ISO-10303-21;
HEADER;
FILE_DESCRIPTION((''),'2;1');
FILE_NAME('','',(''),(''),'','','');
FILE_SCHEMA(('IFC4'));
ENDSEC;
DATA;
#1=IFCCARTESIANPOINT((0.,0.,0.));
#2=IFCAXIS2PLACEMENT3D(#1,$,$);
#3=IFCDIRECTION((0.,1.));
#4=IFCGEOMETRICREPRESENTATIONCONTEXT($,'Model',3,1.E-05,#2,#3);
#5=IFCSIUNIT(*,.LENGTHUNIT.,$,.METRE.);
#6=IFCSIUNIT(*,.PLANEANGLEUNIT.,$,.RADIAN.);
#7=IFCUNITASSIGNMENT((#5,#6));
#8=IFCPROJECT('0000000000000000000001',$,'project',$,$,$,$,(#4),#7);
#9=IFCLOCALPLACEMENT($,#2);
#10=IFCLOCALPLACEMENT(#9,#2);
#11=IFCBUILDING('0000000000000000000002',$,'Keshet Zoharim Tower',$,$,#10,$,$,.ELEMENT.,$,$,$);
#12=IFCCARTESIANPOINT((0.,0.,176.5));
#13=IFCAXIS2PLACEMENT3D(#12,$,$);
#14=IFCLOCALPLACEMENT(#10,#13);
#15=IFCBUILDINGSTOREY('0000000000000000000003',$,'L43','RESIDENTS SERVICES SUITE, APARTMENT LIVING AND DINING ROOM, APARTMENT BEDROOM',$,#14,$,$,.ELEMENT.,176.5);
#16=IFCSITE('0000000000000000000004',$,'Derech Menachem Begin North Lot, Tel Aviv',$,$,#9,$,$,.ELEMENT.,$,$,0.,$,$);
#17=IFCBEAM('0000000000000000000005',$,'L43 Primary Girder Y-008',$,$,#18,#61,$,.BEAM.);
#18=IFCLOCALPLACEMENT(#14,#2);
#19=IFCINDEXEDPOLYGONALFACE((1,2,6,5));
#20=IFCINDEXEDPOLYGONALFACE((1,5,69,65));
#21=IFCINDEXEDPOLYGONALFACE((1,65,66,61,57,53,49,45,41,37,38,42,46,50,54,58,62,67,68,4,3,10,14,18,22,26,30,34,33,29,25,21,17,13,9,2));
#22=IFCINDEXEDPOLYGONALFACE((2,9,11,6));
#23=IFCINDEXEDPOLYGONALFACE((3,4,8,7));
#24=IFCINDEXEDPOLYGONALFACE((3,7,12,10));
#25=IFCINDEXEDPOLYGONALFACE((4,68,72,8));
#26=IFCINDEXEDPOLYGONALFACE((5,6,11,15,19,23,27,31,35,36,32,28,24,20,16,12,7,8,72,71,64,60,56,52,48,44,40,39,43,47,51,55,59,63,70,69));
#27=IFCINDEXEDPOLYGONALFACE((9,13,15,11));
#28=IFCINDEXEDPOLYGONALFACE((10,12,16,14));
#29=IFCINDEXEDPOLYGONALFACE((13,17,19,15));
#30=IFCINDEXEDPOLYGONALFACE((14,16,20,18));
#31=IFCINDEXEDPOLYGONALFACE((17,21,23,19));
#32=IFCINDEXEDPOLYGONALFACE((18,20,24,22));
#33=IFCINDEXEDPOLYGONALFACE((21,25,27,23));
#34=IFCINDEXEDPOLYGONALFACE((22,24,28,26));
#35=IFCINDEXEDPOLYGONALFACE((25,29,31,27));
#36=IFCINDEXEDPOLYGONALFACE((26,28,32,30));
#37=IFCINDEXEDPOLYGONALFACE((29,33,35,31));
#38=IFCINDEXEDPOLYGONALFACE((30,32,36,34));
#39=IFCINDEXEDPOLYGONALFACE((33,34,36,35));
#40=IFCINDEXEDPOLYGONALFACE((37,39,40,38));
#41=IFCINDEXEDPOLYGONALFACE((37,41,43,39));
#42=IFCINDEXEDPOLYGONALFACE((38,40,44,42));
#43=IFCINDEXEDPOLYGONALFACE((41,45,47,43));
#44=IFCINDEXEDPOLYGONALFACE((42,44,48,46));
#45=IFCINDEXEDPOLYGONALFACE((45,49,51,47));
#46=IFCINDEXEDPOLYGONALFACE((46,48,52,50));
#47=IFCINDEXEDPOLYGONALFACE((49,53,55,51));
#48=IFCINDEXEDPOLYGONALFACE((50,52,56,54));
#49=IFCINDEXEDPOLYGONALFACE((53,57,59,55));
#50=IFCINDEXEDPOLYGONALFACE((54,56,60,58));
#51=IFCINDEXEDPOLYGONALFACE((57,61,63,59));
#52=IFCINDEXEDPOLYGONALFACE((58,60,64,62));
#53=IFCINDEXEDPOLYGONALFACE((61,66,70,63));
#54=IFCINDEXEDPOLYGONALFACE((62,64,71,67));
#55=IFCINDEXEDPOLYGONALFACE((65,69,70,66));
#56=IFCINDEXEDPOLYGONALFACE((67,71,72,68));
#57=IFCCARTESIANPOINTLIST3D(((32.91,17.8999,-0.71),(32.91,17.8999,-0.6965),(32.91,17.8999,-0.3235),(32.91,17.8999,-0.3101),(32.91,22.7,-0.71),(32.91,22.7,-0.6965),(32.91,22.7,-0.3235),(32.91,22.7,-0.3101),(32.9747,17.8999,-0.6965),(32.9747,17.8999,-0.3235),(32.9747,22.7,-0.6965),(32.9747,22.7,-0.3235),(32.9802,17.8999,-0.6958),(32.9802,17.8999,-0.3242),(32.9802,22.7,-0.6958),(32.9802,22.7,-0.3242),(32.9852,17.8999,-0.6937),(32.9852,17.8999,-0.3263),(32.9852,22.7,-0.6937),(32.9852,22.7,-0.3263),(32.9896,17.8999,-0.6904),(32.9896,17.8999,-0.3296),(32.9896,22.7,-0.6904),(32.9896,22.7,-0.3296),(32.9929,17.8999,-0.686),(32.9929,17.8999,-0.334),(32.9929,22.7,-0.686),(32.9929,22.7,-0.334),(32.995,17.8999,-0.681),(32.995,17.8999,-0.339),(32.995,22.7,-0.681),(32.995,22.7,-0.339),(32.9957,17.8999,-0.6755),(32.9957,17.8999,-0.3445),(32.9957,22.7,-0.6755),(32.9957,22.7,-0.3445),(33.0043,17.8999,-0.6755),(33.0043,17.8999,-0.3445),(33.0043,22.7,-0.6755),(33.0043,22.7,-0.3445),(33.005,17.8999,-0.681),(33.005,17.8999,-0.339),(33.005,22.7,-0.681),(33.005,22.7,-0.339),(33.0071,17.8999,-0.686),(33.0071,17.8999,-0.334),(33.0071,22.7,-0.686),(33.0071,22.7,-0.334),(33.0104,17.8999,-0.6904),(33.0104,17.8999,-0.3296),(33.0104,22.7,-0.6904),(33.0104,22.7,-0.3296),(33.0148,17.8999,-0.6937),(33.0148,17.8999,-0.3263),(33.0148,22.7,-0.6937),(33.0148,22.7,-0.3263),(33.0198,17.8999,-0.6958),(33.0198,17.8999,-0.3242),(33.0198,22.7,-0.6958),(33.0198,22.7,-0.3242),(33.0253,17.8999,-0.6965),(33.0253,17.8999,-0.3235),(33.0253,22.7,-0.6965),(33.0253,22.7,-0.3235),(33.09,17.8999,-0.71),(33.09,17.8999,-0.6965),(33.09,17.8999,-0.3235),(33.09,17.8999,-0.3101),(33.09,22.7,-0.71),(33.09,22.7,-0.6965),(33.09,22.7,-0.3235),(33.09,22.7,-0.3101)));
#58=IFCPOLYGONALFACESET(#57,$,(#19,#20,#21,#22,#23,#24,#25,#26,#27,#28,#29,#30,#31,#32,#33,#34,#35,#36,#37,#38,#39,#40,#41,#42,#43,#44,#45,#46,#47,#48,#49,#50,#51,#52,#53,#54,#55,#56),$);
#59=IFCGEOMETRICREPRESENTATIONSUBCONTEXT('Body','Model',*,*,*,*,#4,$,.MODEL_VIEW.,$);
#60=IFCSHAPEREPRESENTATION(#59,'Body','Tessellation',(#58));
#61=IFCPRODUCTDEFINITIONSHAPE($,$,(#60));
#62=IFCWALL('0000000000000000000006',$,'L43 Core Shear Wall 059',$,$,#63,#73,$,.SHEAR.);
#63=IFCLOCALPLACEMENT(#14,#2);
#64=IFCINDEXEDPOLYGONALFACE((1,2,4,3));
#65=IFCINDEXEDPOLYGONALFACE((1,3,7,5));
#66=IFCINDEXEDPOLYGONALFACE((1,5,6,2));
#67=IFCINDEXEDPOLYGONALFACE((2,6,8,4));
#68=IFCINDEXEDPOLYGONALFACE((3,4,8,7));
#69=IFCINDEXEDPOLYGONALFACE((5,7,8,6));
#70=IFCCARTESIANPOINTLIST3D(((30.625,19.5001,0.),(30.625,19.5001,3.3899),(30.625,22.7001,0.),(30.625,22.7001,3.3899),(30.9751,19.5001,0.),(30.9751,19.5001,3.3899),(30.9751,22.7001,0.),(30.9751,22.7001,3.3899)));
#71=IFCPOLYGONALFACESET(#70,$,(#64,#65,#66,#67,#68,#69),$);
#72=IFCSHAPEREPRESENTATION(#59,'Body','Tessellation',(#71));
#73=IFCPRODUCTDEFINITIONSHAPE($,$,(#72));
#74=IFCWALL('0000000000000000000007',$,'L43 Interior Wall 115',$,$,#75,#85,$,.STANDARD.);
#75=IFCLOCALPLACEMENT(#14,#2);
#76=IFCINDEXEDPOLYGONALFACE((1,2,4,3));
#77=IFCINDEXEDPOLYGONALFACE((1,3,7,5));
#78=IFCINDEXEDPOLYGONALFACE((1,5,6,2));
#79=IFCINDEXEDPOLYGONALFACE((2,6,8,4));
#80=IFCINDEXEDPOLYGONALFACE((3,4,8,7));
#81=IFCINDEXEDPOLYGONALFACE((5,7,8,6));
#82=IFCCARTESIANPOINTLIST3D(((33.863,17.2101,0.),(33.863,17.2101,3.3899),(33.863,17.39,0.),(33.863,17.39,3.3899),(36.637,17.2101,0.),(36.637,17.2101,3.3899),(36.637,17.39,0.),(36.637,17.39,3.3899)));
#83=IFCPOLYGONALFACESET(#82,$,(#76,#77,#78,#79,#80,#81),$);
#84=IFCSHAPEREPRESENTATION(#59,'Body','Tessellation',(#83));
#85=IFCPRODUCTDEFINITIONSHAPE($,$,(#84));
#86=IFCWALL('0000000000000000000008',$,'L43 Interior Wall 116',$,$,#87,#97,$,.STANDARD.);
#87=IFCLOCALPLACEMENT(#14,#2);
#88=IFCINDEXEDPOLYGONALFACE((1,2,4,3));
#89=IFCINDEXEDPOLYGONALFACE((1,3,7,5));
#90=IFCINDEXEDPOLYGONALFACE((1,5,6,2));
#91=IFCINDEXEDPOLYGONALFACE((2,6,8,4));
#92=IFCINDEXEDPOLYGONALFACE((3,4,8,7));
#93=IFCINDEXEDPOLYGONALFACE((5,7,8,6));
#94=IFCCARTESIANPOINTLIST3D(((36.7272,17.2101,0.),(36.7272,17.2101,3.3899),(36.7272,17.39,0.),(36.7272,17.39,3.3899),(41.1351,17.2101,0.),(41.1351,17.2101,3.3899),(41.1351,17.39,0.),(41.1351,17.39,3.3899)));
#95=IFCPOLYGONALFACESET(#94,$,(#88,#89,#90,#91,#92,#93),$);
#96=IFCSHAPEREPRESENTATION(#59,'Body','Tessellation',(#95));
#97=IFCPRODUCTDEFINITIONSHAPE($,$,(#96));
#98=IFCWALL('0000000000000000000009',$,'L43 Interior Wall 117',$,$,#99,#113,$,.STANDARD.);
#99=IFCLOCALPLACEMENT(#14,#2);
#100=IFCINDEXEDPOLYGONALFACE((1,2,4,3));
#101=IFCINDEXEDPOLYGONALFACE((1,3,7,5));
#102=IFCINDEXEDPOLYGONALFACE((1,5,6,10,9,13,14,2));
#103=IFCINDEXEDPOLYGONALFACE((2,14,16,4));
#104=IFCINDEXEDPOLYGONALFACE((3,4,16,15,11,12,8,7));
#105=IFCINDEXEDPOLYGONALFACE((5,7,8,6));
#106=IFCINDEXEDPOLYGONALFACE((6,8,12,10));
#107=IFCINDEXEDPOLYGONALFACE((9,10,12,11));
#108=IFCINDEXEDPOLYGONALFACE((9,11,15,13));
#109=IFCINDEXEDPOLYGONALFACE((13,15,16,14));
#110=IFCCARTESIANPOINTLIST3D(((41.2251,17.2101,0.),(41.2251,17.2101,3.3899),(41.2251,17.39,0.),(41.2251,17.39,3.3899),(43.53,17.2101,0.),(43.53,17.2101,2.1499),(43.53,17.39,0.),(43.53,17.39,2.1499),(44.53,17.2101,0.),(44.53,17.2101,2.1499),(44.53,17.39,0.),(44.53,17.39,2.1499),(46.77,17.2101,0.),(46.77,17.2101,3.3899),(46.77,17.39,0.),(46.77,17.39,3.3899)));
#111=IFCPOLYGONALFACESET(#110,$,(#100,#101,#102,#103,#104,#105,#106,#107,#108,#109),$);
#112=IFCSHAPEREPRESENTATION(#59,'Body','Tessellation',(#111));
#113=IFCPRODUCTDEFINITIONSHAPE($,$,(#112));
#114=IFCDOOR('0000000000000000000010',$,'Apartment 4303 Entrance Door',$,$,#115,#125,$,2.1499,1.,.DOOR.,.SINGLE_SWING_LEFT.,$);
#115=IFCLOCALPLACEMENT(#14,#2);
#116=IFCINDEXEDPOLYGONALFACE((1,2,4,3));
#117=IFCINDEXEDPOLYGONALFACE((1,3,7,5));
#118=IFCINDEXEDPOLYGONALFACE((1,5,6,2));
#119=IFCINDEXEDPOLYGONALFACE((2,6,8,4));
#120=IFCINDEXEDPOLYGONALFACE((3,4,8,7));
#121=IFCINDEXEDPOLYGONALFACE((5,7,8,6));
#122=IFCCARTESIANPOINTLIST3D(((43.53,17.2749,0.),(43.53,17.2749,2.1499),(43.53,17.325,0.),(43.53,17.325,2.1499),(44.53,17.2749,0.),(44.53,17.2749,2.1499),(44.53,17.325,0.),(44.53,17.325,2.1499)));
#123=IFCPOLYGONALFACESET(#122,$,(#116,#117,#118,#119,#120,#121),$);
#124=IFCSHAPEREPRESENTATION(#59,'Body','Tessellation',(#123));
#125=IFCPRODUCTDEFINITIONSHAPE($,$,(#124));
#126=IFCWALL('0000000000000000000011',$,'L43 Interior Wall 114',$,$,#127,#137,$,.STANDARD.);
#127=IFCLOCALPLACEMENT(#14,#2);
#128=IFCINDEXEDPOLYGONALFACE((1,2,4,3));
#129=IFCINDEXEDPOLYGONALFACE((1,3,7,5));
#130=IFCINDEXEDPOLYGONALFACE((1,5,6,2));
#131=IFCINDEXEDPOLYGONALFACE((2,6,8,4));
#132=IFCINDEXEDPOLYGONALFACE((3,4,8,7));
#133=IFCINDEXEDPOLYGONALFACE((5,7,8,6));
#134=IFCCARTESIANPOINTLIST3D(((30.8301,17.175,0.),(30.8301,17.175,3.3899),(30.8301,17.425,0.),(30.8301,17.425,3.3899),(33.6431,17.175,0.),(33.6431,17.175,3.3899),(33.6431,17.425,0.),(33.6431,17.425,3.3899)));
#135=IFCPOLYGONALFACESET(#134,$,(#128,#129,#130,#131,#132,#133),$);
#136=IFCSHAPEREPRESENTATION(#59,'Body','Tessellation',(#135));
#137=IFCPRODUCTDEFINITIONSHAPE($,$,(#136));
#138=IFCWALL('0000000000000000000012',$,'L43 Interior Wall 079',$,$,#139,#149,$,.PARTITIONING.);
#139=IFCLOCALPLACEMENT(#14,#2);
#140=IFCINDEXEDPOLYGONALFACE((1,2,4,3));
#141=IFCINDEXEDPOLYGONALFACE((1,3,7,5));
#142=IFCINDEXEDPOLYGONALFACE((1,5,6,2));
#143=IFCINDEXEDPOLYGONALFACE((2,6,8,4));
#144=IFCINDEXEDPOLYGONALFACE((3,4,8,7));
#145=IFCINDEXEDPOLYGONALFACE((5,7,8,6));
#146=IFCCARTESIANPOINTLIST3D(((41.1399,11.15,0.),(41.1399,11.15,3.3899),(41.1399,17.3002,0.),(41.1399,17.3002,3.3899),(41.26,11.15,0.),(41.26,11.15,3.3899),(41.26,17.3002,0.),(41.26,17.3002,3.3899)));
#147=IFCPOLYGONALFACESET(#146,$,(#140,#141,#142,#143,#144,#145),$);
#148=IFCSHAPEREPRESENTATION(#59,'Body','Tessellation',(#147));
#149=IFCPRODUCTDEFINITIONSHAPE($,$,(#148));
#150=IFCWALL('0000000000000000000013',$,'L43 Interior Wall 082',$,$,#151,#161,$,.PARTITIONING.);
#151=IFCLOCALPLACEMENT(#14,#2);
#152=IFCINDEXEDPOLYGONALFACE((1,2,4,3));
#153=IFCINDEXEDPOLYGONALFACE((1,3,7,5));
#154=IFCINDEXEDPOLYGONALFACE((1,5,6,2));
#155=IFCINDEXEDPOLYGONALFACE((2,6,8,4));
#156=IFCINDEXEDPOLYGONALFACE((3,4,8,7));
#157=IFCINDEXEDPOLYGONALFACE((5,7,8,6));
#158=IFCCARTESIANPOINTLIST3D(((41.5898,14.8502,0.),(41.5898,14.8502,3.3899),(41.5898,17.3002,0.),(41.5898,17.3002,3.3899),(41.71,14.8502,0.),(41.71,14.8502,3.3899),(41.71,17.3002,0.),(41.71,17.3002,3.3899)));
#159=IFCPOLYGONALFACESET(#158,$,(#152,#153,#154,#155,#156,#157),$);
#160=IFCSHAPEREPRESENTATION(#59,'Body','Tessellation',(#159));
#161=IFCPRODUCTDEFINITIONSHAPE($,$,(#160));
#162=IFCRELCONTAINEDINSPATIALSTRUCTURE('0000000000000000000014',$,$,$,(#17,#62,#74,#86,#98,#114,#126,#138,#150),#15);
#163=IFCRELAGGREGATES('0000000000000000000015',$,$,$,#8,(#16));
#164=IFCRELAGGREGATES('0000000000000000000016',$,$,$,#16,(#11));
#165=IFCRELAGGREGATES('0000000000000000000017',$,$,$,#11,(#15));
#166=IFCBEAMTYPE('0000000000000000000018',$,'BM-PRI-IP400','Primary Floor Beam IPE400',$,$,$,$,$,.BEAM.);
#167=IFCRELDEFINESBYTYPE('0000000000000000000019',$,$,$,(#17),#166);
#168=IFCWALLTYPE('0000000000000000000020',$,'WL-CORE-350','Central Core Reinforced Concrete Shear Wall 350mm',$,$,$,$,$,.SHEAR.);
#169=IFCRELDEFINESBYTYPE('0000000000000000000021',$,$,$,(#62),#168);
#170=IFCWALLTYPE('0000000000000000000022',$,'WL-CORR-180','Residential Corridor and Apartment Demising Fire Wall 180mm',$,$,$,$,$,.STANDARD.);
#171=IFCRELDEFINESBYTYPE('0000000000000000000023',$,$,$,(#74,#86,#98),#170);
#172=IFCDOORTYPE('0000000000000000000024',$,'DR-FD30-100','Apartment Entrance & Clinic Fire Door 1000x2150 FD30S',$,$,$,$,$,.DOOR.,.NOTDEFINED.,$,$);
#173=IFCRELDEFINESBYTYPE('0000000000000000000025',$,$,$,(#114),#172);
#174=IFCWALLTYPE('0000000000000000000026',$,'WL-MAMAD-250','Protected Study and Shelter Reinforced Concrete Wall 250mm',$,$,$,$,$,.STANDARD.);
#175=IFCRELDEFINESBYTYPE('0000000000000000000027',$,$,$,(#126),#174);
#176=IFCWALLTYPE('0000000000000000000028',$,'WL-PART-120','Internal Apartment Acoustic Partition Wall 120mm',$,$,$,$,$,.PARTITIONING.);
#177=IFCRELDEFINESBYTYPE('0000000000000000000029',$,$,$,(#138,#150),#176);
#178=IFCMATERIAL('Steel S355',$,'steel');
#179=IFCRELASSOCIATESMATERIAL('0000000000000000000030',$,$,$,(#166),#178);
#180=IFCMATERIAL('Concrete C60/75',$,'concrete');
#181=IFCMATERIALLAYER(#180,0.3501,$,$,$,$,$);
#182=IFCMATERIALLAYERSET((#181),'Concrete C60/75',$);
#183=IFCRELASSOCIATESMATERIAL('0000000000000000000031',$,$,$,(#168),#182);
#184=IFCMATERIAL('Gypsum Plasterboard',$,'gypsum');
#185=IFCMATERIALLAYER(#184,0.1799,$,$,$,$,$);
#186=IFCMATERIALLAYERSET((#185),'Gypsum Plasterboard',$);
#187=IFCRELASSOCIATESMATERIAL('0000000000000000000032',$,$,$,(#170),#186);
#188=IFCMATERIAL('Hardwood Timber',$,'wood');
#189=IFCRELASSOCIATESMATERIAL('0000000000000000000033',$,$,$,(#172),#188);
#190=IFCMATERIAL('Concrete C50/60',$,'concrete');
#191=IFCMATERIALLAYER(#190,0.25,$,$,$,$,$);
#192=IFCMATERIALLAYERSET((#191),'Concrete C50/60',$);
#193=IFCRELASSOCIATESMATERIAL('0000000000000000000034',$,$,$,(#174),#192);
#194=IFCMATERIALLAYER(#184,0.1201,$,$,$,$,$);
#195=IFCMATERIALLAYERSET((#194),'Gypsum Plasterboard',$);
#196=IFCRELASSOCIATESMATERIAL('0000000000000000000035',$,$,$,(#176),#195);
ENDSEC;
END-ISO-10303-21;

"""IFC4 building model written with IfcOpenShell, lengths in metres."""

from ifc_helpers import new_model, si_unit, direction, frame, frame_2d, origin, origin_2d, place, context, subcontext, project, spatial, rectangle, i_section, extrude, material, layer, layer_set, material_profile, profile_set, type_object, element, fill, save


model = new_model("IFC4")

# Units and contexts
model_context = context("Model", 3, precision=1e-05, world=origin(), true_north=direction((0.0, 1.0)))
body_context = subcontext(model_context, "Body", "Model", "MODEL_VIEW")
ifc_project = project(units=[si_unit("LENGTHUNIT", "METRE"), si_unit("PLANEANGLEUNIT", "RADIAN")], contexts=[model_context])

# Site, building, storey
site_placement = place(None, origin())
site = spatial("IfcSite", under=ifc_project, at=site_placement, Name="Derech Menachem Begin North Lot, Tel Aviv", CompositionType="ELEMENT", RefElevation=0.0)
building_placement = place(site_placement, origin())
building = spatial("IfcBuilding", under=site, at=building_placement, Name="Keshet Zoharim Tower", CompositionType="ELEMENT")
storey_placement = place(building_placement, frame((0.0, 0.0, 176.5)))
storey = spatial("IfcBuildingStorey", under=building, at=storey_placement, Name="L43", Description="RESIDENTS SERVICES SUITE, APARTMENT LIVING AND DINING ROOM, APARTMENT BEDROOM", CompositionType="ELEMENT", Elevation=176.5)

# Shared definitions
ifc_material_1 = material(Name="Concrete C60/75", Category="concrete")

# Beam
ifc_material_2 = material(Name="Steel S355", Category="steel")
ifc_material_profile_1 = material_profile(ifc_material_2, i_section(OverallWidth=0.1799, OverallDepth=0.3999, WebThickness=0.0085, FlangeThickness=0.0134, FilletRadius=0.021, at=origin_2d()), Name="IPE400")
ifc_profile_set_1 = profile_set([ifc_material_profile_1], Name="Steel S355")
beam_type_1 = type_object("IfcBeamType", Name="BM-PRI-IP400", Description="Primary Floor Beam IPE400", PredefinedType="BEAM", material=ifc_profile_set_1)
beam_1_placement = place(storey_placement, frame((33.0, 17.8999, -0.51), z_axis=(0.0, 1.0, 0.0), x_axis=(-1.0, 0.0, 0.0)))
element("IfcBeam", 1, at=beam_1_placement, inside=storey, type_object=beam_type_1, Name="L43 Primary Girder Y-008", PredefinedType="BEAM", context=body_context, shape_type="SweptSolid", body=[
    extrude(i_section(OverallWidth=0.1799, OverallDepth=0.3999, WebThickness=0.0085, FlangeThickness=0.0134, FilletRadius=0.021, at=origin_2d()), origin(), (0.0, 0.0, 1.0), 4.8),
])

# Walls
ifc_layer_1 = layer(ifc_material_1, 0.3501)
ifc_layer_set_1 = layer_set([ifc_layer_1], Name="Concrete C60/75")
wall_type_1 = type_object("IfcWallType", Name="WL-CORE-350", Description="Central Core Reinforced Concrete Shear Wall 350mm", PredefinedType="SHEAR", material=ifc_layer_set_1)
wall_1_placement = place(storey_placement, frame((30.8, 19.5, 0.0), z_axis=(0.0, 0.0, 1.0), x_axis=(0.0, 1.0, 0.0)))
element("IfcWall", 2, at=wall_1_placement, inside=storey, type_object=wall_type_1, Name="L43 Core Shear Wall 059", PredefinedType="SHEAR", context=body_context, shape_type="SweptSolid", body=[
    extrude(rectangle(XDim=3.2, YDim=0.3501, at=frame_2d((1.6001, 0.0))), origin(), (0.0, 0.0, 1.0), 3.3899),
])
ifc_material_3 = material(Name="Gypsum Plasterboard", Category="gypsum")
ifc_layer_2 = layer(ifc_material_3, 0.1799)
ifc_layer_set_2 = layer_set([ifc_layer_2], Name="Gypsum Plasterboard")
wall_type_2 = type_object("IfcWallType", Name="WL-CORR-180", Description="Residential Corridor and Apartment Demising Fire Wall 180mm", PredefinedType="STANDARD", material=ifc_layer_set_2)
wall_2_placement = place(storey_placement, frame((33.863, 17.3, 0.0), z_axis=(0.0, 0.0, 1.0), x_axis=(1.0, 0.0, 0.0)))
element("IfcWall", 3, at=wall_2_placement, inside=storey, type_object=wall_type_2, Name="L43 Interior Wall 115", PredefinedType="STANDARD", context=body_context, shape_type="SweptSolid", body=[
    extrude(rectangle(XDim=2.7739, YDim=0.1799, at=frame_2d((1.387, 0.0))), origin(), (0.0, 0.0, 1.0), 3.3899),
])
wall_3_placement = place(storey_placement, frame((36.7271, 17.3, 0.0), z_axis=(0.0, 0.0, 1.0), x_axis=(1.0, 0.0, 0.0)))
element("IfcWall", 4, at=wall_3_placement, inside=storey, type_object=wall_type_2, Name="L43 Interior Wall 116", PredefinedType="STANDARD", context=body_context, shape_type="SweptSolid", body=[
    extrude(rectangle(XDim=4.408, YDim=0.1799, at=frame_2d((2.2041, 0.0))), origin(), (0.0, 0.0, 1.0), 3.3899),
])

# Wall, opening, door
wall_4_placement = place(storey_placement, frame((41.2251, 17.3, 0.0), z_axis=(0.0, 0.0, 1.0), x_axis=(1.0, 0.0, 0.0)))
wall_4 = element("IfcWall", 5, at=wall_4_placement, inside=storey, type_object=wall_type_2, Name="L43 Interior Wall 117", PredefinedType="STANDARD", context=body_context, shape_type="SweptSolid", body=[
    extrude(rectangle(XDim=5.5449, YDim=0.1799, at=frame_2d((2.7725, 0.0))), origin(), (0.0, 0.0, 1.0), 3.3899),
])
opening_1_placement = place(wall_4_placement, frame((2.3049, 0.0, 0.0)))
opening_1 = element("IfcOpeningElement", 6, at=opening_1_placement, cuts=wall_4, PredefinedType="OPENING", context=body_context, shape_type="SweptSolid", body=[
    extrude(rectangle(XDim=1.0, YDim=2.1499, at=frame_2d((0.5, 1.075))), frame((0.0, 0.1001, 0.0), z_axis=(0.0, -1.0, 0.0), x_axis=(1.0, 0.0, 0.0)), (0.0, 0.0, 1.0), 0.2),
])
ifc_material_4 = material(Name="Hardwood Timber", Category="wood")
door_type_1 = type_object("IfcDoorType", Name="DR-FD30-100", Description="Apartment Entrance & Clinic Fire Door 1000x2150 FD30S", OperationType="NOTDEFINED", PredefinedType="DOOR", material=ifc_material_4)
door_1_placement = place(opening_1_placement, origin())
door_1 = element("IfcDoor", 7, at=door_1_placement, inside=storey, type_object=door_type_1, Name="Apartment 4303 Entrance Door", OperationType="SINGLE_SWING_LEFT", OverallHeight=2.1499, OverallWidth=1.0, PredefinedType="DOOR", context=body_context, shape_type="SweptSolid", body=[
    extrude(rectangle(XDim=1.0, YDim=2.1499, at=frame_2d((0.5, 1.075))), frame((0.0, 0.0249, 0.0), z_axis=(0.0, -1.0, 0.0), x_axis=(1.0, 0.0, 0.0)), (0.0, 0.0, 1.0), 0.05),
])
fill(opening_1, door_1)

# Walls
ifc_material_5 = material(Name="Concrete C50/60", Category="concrete")
ifc_layer_3 = layer(ifc_material_5, 0.25)
ifc_layer_set_3 = layer_set([ifc_layer_3], Name="Concrete C50/60")
wall_type_3 = type_object("IfcWallType", Name="WL-MAMAD-250", Description="Protected Study and Shelter Reinforced Concrete Wall 250mm", PredefinedType="STANDARD", material=ifc_layer_set_3)
wall_5_placement = place(storey_placement, frame((30.8301, 17.3, 0.0), z_axis=(0.0, 0.0, 1.0), x_axis=(1.0, 0.0, 0.0)))
element("IfcWall", 8, at=wall_5_placement, inside=storey, type_object=wall_type_3, Name="L43 Interior Wall 114", PredefinedType="STANDARD", context=body_context, shape_type="SweptSolid", body=[
    extrude(rectangle(XDim=2.813, YDim=0.25, at=frame_2d((1.4065, 0.0))), origin(), (0.0, 0.0, 1.0), 3.3899),
])
ifc_layer_4 = layer(ifc_material_3, 0.1201)
ifc_layer_set_4 = layer_set([ifc_layer_4], Name="Gypsum Plasterboard")
wall_type_4 = type_object("IfcWallType", Name="WL-PART-120", Description="Internal Apartment Acoustic Partition Wall 120mm", PredefinedType="PARTITIONING", material=ifc_layer_set_4)
wall_6_placement = place(storey_placement, frame((41.2, 11.1499, 0.0), z_axis=(0.0, 0.0, 1.0), x_axis=(0.0, 1.0, 0.0)))
element("IfcWall", 9, at=wall_6_placement, inside=storey, type_object=wall_type_4, Name="L43 Interior Wall 079", PredefinedType="PARTITIONING", context=body_context, shape_type="SweptSolid", body=[
    extrude(rectangle(XDim=6.1501, YDim=0.1201, at=frame_2d((3.0752, 0.0))), origin(), (0.0, 0.0, 1.0), 3.3899),
])
wall_7_placement = place(storey_placement, frame((41.6499, 14.8501, 0.0), z_axis=(0.0, 0.0, 1.0), x_axis=(0.0, 1.0, 0.0)))
element("IfcWall", 10, at=wall_7_placement, inside=storey, type_object=wall_type_4, Name="L43 Interior Wall 082", PredefinedType="PARTITIONING", context=body_context, shape_type="SweptSolid", body=[
    extrude(rectangle(XDim=2.45, YDim=0.1201, at=frame_2d((1.2251, 0.0))), origin(), (0.0, 0.0, 1.0), 3.3899),
])

save(model, "model.ifc")
